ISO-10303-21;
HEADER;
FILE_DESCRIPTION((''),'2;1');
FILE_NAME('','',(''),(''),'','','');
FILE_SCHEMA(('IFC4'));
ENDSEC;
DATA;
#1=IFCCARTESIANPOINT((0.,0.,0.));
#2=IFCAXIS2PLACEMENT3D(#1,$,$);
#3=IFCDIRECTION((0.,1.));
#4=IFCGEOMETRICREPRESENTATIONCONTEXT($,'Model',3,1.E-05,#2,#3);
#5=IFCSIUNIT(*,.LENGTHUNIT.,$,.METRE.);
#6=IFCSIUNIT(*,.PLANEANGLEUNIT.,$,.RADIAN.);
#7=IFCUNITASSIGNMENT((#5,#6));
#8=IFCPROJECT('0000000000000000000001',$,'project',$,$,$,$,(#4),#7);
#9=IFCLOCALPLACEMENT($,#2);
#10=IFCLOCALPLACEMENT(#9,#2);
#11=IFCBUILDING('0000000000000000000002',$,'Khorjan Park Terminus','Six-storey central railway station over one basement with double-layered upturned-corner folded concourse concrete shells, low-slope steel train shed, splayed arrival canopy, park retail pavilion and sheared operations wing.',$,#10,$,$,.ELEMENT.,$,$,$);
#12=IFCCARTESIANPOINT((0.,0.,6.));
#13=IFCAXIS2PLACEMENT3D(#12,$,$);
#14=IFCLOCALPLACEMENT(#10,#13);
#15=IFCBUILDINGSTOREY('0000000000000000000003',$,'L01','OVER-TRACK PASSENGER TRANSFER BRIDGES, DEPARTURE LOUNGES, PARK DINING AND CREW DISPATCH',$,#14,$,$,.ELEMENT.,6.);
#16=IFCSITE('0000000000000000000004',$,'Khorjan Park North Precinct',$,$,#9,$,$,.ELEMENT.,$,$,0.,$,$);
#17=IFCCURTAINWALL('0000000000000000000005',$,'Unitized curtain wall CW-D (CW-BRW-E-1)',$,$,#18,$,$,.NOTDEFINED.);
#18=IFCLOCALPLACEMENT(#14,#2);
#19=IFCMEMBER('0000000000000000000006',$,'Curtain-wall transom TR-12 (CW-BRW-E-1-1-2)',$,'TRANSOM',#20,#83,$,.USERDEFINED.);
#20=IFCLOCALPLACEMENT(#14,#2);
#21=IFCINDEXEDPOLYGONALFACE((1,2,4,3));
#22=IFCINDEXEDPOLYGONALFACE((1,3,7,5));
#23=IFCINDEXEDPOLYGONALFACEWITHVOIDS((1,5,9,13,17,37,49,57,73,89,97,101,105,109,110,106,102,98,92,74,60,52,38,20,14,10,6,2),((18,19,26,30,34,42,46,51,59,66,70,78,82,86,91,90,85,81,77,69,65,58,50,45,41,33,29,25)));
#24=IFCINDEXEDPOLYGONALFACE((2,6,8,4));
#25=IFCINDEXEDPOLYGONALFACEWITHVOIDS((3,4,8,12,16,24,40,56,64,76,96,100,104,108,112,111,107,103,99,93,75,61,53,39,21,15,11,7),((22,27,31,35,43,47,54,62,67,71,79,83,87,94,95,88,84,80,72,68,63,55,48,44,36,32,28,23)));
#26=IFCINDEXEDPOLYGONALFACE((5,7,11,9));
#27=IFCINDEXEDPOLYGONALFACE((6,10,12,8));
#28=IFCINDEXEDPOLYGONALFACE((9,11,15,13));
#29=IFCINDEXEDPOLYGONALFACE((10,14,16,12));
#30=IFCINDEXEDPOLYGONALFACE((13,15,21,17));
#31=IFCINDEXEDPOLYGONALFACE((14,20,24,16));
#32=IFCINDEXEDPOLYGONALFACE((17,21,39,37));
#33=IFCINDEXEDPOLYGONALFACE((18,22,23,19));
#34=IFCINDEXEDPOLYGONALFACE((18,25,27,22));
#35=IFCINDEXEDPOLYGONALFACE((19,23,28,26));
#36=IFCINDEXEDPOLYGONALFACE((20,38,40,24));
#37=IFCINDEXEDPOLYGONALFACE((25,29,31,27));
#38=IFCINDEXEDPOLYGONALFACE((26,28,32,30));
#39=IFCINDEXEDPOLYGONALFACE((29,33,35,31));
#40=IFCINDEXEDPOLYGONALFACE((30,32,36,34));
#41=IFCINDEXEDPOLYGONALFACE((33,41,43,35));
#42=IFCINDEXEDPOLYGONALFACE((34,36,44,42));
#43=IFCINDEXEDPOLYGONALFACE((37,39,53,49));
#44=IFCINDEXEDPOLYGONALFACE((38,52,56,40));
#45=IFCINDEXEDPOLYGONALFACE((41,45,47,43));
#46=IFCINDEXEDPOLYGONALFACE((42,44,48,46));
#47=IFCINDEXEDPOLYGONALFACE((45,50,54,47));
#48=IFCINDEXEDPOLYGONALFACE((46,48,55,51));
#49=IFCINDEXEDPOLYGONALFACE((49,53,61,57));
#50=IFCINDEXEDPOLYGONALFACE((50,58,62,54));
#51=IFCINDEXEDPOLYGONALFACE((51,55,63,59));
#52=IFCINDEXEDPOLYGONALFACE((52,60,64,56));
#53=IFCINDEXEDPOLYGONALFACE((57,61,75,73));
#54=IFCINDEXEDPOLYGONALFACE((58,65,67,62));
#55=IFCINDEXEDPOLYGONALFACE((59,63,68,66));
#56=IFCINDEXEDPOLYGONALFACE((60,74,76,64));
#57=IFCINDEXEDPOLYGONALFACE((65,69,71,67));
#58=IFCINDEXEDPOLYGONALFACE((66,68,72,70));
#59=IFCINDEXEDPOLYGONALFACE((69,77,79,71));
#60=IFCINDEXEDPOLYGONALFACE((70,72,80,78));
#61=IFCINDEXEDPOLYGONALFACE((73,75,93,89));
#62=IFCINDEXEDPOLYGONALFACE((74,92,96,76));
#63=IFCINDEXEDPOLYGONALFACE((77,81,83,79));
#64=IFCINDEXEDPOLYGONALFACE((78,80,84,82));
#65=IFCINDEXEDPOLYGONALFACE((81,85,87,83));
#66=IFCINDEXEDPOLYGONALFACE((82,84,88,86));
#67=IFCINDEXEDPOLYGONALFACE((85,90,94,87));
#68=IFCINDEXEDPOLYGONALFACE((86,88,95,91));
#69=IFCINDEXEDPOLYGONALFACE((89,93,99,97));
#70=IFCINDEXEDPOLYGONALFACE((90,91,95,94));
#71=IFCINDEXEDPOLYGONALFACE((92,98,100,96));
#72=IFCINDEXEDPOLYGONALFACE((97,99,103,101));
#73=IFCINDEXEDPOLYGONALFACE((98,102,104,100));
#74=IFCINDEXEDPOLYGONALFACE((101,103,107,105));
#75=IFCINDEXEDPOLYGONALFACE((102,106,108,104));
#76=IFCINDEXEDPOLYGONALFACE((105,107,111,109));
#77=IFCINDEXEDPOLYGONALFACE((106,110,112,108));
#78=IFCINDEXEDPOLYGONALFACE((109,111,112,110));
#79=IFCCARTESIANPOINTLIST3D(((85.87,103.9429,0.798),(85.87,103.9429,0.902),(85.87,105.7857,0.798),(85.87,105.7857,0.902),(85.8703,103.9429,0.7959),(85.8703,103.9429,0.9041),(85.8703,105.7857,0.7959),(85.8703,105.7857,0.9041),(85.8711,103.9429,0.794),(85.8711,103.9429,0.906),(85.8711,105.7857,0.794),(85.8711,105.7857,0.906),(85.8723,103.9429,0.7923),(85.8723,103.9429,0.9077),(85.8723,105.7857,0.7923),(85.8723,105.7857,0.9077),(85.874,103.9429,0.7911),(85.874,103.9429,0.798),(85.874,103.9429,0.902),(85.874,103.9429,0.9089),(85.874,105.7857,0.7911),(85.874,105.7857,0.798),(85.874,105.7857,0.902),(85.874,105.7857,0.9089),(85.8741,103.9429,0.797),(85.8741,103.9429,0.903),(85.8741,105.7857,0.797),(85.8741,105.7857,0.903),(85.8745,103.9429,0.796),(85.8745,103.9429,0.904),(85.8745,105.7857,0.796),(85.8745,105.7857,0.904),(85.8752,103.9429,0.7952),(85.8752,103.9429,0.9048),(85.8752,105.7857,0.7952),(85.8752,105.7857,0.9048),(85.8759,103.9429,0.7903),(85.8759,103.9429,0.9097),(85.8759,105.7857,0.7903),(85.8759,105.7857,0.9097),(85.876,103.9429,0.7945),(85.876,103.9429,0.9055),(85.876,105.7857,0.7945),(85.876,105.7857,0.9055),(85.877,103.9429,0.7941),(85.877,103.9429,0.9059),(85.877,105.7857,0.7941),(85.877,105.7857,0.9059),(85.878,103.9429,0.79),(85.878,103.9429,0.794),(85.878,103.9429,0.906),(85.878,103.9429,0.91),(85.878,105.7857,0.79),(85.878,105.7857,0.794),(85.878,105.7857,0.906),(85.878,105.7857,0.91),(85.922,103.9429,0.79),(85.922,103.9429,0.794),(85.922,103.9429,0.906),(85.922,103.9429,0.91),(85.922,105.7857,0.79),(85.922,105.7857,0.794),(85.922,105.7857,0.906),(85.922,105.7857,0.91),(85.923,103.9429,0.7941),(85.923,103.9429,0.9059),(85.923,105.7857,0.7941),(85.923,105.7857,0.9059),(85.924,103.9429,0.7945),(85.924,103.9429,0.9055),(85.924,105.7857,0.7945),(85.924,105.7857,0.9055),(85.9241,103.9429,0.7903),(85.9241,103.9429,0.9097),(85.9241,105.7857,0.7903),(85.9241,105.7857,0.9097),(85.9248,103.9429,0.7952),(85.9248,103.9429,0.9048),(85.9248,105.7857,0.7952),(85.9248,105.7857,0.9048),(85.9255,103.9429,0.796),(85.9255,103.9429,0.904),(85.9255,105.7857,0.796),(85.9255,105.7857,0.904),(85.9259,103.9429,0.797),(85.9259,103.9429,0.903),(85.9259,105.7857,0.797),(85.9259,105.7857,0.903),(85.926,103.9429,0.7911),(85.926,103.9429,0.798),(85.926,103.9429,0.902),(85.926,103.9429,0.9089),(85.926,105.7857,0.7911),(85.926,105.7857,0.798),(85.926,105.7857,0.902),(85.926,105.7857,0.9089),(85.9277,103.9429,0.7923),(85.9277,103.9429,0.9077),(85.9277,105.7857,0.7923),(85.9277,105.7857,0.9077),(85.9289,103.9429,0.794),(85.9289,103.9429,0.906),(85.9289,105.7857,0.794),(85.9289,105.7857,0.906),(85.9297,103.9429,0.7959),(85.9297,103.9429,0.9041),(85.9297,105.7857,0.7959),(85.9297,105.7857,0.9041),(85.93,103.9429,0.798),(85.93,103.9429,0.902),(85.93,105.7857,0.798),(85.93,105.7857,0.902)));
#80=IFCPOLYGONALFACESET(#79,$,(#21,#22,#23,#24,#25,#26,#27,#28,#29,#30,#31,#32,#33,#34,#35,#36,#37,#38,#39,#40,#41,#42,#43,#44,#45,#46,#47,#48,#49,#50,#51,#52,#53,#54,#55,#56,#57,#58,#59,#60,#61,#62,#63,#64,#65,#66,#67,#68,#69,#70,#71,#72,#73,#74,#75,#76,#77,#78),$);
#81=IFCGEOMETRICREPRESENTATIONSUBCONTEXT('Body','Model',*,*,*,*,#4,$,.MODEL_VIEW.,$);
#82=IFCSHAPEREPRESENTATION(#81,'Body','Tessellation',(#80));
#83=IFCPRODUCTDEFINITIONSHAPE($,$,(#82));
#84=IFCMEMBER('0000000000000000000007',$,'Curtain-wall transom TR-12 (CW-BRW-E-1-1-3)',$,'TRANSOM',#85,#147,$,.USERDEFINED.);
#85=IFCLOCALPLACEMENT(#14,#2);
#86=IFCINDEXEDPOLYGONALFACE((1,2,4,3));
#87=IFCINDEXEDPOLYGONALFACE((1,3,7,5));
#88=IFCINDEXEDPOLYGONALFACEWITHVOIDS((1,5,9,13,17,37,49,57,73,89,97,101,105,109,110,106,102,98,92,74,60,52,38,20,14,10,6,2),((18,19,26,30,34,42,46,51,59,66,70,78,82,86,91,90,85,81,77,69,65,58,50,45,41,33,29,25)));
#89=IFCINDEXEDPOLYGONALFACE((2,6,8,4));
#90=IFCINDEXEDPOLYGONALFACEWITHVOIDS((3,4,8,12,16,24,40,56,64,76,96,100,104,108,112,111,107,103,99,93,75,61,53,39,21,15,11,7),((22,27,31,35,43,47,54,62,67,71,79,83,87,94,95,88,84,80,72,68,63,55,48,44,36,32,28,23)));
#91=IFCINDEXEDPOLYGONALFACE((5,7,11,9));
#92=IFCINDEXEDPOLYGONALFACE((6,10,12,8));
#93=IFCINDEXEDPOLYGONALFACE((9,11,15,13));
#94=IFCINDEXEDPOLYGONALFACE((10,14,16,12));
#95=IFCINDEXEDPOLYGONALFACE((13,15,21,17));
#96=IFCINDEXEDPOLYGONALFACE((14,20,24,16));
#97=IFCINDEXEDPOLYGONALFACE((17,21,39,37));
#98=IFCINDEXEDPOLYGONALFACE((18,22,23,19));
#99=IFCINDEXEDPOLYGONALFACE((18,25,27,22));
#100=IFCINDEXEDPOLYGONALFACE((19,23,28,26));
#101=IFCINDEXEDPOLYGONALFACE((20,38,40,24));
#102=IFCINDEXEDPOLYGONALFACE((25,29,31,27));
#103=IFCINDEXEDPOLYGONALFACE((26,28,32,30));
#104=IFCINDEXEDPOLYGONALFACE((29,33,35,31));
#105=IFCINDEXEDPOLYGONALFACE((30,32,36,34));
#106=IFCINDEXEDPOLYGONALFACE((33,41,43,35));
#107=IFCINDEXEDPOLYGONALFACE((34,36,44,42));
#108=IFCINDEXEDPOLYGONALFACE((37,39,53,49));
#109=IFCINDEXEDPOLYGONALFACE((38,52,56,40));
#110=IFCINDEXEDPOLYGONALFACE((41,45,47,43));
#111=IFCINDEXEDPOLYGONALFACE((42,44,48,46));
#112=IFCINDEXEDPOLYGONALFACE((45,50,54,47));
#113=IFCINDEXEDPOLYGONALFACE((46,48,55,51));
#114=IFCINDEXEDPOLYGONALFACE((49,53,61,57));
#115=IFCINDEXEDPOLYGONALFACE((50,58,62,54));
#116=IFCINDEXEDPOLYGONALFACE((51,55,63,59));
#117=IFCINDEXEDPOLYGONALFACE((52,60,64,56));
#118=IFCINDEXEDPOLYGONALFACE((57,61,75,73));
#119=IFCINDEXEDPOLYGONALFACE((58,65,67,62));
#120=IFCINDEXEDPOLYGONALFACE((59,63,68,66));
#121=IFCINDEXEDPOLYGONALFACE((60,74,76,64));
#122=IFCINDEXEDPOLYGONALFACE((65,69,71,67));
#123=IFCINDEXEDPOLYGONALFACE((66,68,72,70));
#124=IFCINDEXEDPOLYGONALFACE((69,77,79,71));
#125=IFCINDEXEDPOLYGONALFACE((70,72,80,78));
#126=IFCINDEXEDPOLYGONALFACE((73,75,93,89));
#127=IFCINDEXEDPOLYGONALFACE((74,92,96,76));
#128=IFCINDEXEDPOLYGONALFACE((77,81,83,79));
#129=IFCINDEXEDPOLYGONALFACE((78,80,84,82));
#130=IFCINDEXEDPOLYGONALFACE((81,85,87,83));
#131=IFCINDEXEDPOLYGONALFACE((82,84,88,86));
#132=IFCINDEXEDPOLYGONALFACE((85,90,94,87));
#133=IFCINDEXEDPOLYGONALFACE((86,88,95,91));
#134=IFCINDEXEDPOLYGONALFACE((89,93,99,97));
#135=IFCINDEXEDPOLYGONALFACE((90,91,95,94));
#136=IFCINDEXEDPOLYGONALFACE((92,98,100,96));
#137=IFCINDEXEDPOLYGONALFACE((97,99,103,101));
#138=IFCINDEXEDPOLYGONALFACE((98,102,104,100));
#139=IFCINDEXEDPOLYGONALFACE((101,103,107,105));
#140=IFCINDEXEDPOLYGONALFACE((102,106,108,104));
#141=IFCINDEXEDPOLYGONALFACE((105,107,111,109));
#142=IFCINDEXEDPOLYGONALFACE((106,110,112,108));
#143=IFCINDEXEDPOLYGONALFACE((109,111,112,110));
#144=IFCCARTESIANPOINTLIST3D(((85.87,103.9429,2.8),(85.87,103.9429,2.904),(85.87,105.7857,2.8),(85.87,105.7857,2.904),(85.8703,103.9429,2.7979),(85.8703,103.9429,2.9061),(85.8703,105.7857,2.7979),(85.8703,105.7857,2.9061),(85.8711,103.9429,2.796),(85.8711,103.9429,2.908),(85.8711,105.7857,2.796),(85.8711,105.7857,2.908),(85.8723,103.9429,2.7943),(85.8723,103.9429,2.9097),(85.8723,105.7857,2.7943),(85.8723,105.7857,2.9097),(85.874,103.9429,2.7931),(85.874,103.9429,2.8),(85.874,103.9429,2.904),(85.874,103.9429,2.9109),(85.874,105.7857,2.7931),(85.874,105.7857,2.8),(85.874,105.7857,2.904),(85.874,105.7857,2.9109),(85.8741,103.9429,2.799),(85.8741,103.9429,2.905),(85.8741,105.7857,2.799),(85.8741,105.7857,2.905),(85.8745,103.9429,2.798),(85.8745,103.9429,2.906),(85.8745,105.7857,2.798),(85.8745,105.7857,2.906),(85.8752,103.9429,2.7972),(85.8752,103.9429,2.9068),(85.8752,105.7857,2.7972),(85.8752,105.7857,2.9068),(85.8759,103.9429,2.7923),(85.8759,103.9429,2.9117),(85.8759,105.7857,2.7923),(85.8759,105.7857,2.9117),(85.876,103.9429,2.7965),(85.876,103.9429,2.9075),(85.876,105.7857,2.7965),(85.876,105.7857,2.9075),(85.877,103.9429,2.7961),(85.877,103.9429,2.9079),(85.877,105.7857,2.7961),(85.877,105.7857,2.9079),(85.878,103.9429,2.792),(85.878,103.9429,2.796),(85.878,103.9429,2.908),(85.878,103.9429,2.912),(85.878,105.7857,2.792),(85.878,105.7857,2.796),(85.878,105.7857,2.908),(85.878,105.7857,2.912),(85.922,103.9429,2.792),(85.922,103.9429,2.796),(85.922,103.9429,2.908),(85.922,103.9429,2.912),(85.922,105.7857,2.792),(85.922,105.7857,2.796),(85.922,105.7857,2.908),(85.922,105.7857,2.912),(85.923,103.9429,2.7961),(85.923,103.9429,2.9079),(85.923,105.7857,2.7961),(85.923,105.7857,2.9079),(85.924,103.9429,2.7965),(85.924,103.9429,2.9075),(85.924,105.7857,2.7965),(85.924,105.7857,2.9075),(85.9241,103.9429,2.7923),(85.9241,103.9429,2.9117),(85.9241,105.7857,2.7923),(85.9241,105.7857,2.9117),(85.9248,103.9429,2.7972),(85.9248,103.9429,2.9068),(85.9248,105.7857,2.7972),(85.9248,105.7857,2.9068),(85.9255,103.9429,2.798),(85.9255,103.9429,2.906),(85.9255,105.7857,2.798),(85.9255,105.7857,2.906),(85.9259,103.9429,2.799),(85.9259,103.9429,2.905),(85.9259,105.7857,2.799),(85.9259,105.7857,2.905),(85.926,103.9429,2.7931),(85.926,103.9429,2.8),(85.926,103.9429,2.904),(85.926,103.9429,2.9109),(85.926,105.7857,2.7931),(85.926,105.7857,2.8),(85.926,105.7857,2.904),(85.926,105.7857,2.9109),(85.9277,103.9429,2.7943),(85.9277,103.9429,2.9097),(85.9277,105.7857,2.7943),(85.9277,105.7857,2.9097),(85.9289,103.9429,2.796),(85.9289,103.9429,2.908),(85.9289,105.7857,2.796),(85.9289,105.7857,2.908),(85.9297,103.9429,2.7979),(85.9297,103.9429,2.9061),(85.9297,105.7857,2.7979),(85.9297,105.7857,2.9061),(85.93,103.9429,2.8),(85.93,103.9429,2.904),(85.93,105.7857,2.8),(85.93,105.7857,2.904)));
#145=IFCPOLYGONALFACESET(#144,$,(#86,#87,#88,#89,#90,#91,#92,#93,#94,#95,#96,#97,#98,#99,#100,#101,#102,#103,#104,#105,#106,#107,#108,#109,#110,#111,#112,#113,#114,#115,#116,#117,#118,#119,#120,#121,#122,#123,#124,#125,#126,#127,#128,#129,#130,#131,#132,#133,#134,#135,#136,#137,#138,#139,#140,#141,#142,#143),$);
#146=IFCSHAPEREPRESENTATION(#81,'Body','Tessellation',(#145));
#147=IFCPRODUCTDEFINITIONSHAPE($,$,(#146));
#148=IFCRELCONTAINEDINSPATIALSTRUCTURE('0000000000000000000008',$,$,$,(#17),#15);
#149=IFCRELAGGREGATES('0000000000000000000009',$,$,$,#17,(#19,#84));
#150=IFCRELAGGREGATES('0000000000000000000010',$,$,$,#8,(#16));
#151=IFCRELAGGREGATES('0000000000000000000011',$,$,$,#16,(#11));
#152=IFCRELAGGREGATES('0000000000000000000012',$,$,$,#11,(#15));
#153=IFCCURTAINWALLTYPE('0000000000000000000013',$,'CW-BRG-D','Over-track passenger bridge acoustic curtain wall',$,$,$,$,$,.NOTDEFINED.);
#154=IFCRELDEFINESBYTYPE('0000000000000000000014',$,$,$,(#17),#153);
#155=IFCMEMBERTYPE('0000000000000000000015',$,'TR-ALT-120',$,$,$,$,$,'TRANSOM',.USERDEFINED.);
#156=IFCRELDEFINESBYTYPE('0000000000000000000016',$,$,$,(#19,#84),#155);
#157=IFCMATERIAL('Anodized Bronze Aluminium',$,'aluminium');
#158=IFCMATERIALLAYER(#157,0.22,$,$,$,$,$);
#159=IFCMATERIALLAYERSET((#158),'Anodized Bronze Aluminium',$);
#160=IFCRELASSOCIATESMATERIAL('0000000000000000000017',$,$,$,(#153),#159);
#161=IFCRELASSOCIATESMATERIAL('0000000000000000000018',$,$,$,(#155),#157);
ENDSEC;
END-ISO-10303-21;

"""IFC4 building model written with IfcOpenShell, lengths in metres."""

from ifc_helpers import new_model, si_unit, direction, frame, origin, origin_2d, place, context, subcontext, project, spatial, hollow_rectangle, extrude, material, layer, layer_set, material_profile, profile_set, type_object, element, aggregate, save


model = new_model("IFC4")

# Units and contexts
model_context = context("Model", 3, precision=1e-05, world=origin(), true_north=direction((0.0, 1.0)))
body_context = subcontext(model_context, "Body", "Model", "MODEL_VIEW")
ifc_project = project(units=[si_unit("LENGTHUNIT", "METRE"), si_unit("PLANEANGLEUNIT", "RADIAN")], contexts=[model_context])

# Site, building, storey
site_placement = place(None, origin())
site = spatial("IfcSite", under=ifc_project, at=site_placement, Name="Khorjan Park North Precinct", CompositionType="ELEMENT", RefElevation=0.0)
building_placement = place(site_placement, origin())
building = spatial("IfcBuilding", under=site, at=building_placement, Name="Khorjan Park Terminus", Description="Six-storey central railway station over one basement with double-layered upturned-corner folded concourse concrete shells, low-slope steel train shed, splayed arrival canopy, park retail pavilion and sheared operations wing.", CompositionType="ELEMENT")
storey_placement = place(building_placement, frame((0.0, 0.0, 6.0)))
storey = spatial("IfcBuildingStorey", under=building, at=storey_placement, Name="L01", Description="OVER-TRACK PASSENGER TRANSFER BRIDGES, DEPARTURE LOUNGES, PARK DINING AND CREW DISPATCH", CompositionType="ELEMENT", Elevation=6.0)

# Curtain wall
ifc_material_1 = material(Name="Anodized Bronze Aluminium", Category="aluminium")
ifc_layer_1 = layer(ifc_material_1, 0.22)
ifc_layer_set_1 = layer_set([ifc_layer_1], Name="Anodized Bronze Aluminium")
curtain_wall_type = type_object("IfcCurtainWallType", Name="CW-BRG-D", Description="Over-track passenger bridge acoustic curtain wall", PredefinedType="NOTDEFINED", material=ifc_layer_set_1)
curtain_wall_1_placement = place(storey_placement, origin())
curtain_wall_1 = element("IfcCurtainWall", 1, at=curtain_wall_1_placement, inside=storey, type_object=curtain_wall_type, Name="Unitized curtain wall CW-D (CW-BRW-E-1)", PredefinedType="NOTDEFINED")

# Members
ifc_material_profile_1 = material_profile(ifc_material_1, hollow_rectangle(XDim=0.06, YDim=0.12, WallThickness=0.004, InnerFilletRadius=0.004, OuterFilletRadius=0.008, at=origin_2d()), Name="ALT 60x120x4")
ifc_profile_set_1 = profile_set([ifc_material_profile_1], Name="Anodized Bronze Aluminium")
member_type_1 = type_object("IfcMemberType", Name="TR-ALT-120", ElementType="TRANSOM", PredefinedType="USERDEFINED", material=ifc_profile_set_1)
member_1_placement = place(storey_placement, frame((85.9, 103.9429, 0.85), z_axis=(0.0, 1.0, 0.0), x_axis=(-1.0, 0.0, 0.0)))
member_1 = element("IfcMember", 2, at=member_1_placement, type_object=member_type_1, Name="Curtain-wall transom TR-12 (CW-BRW-E-1-1-2)", ObjectType="TRANSOM", PredefinedType="USERDEFINED", context=body_context, shape_type="SweptSolid", body=[
    extrude(hollow_rectangle(XDim=0.06, YDim=0.12, WallThickness=0.004, InnerFilletRadius=0.004, OuterFilletRadius=0.008, at=origin_2d()), origin(), (0.0, 0.0, 1.0), 1.8428),
])
member_2_placement = place(storey_placement, frame((85.9, 103.9429, 2.852), z_axis=(0.0, 1.0, 0.0), x_axis=(-1.0, 0.0, 0.0)))
member_2 = element("IfcMember", 3, at=member_2_placement, type_object=member_type_1, Name="Curtain-wall transom TR-12 (CW-BRW-E-1-1-3)", ObjectType="TRANSOM", PredefinedType="USERDEFINED", context=body_context, shape_type="SweptSolid", body=[
    extrude(hollow_rectangle(XDim=0.06, YDim=0.12, WallThickness=0.004, InnerFilletRadius=0.004, OuterFilletRadius=0.008, at=origin_2d()), origin(), (0.0, 0.0, 1.0), 1.8428),
])

aggregate(curtain_wall_1, [member_1, member_2])

save(model, "model.ifc")
